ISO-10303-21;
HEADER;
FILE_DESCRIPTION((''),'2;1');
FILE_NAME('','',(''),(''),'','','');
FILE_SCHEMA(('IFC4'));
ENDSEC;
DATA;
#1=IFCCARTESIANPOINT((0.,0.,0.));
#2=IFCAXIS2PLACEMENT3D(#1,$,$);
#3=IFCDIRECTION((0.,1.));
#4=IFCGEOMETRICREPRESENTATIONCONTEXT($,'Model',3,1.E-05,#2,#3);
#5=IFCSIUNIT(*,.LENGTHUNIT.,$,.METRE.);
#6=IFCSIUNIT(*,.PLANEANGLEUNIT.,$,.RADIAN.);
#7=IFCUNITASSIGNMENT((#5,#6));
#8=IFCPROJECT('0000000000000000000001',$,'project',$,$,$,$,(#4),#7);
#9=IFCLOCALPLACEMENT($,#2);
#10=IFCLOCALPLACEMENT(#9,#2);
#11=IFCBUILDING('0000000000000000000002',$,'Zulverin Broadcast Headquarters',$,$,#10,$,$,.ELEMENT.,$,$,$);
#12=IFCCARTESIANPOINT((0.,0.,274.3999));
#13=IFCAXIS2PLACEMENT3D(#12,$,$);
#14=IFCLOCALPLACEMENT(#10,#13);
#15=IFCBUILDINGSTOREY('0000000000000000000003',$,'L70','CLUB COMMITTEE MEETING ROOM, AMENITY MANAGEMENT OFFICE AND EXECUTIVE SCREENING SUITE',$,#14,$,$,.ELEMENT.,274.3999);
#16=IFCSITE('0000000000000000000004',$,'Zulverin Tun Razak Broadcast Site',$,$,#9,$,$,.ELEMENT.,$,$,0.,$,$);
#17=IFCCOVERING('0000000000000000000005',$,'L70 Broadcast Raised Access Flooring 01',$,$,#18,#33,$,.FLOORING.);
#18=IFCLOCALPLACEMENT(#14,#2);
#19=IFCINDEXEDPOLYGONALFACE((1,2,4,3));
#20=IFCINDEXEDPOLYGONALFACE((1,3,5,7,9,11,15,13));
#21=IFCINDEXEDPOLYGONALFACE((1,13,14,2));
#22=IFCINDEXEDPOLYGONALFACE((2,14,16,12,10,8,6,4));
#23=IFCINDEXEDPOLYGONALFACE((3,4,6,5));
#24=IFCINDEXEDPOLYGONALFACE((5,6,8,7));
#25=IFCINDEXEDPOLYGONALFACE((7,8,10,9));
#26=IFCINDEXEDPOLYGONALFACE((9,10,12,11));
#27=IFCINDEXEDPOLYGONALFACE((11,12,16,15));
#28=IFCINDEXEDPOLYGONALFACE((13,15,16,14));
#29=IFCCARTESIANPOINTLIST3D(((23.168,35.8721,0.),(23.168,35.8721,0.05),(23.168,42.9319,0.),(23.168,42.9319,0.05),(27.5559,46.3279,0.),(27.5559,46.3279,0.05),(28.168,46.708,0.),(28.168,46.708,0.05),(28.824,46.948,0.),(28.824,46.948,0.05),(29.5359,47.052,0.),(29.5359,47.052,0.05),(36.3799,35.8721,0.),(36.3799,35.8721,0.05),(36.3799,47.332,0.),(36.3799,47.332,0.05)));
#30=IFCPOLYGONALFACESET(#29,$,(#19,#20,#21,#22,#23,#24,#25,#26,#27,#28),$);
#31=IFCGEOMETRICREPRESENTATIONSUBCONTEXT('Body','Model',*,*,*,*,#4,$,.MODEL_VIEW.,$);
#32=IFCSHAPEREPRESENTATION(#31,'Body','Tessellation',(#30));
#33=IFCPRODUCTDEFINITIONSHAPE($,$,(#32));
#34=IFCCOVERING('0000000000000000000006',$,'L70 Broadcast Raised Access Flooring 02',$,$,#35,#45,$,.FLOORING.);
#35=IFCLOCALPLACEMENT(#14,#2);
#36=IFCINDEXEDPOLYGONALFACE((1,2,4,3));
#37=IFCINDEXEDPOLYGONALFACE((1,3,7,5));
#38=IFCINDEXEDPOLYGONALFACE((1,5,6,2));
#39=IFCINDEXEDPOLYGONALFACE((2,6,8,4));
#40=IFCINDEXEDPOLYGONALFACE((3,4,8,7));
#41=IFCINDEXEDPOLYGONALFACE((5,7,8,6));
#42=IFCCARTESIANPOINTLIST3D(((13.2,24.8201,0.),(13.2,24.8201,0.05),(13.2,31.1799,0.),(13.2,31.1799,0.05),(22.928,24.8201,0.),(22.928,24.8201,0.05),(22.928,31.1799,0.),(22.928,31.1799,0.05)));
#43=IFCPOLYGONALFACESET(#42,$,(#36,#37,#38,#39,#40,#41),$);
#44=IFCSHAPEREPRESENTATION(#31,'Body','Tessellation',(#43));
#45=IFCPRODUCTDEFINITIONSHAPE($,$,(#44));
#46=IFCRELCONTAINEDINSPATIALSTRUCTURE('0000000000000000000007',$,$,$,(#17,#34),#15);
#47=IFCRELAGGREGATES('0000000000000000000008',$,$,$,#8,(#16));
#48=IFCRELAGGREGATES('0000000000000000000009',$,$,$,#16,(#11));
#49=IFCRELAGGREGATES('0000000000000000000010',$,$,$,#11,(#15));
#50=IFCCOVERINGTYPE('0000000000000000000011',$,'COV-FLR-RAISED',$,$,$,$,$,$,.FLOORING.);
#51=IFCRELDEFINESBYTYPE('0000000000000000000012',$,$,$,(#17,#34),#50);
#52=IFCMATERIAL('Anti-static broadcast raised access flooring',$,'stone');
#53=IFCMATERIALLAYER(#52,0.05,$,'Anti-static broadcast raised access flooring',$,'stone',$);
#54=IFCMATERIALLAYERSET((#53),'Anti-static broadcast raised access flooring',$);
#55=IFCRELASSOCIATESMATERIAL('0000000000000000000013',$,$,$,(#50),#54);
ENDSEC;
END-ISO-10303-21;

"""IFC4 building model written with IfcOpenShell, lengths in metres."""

from ifc_helpers import new_model, si_unit, direction, frame, origin, place, context, subcontext, project, spatial, polyline, outline, extrude, material, layer, layer_set, type_object, element, save


model = new_model("IFC4")

# Units and contexts
model_context = context("Model", 3, precision=1e-05, world=origin(), true_north=direction((0.0, 1.0)))
body_context = subcontext(model_context, "Body", "Model", "MODEL_VIEW")
ifc_project = project(units=[si_unit("LENGTHUNIT", "METRE"), si_unit("PLANEANGLEUNIT", "RADIAN")], contexts=[model_context])

# Site, building, storey
site_placement = place(None, origin())
site = spatial("IfcSite", under=ifc_project, at=site_placement, Name="Zulverin Tun Razak Broadcast Site", CompositionType="ELEMENT", RefElevation=0.0)
building_placement = place(site_placement, origin())
building = spatial("IfcBuilding", under=site, at=building_placement, Name="Zulverin Broadcast Headquarters", CompositionType="ELEMENT")
storey_placement = place(building_placement, frame((0.0, 0.0, 274.3999)))
storey = spatial("IfcBuildingStorey", under=building, at=storey_placement, Name="L70", Description="CLUB COMMITTEE MEETING ROOM, AMENITY MANAGEMENT OFFICE AND EXECUTIVE SCREENING SUITE", CompositionType="ELEMENT", Elevation=274.3999)

# Coverings
ifc_material_1 = material(Name="Anti-static broadcast raised access flooring", Category="stone")
ifc_layer_1 = layer(ifc_material_1, 0.05, Name="Anti-static broadcast raised access flooring", Category="stone")
ifc_layer_set_1 = layer_set([ifc_layer_1], Name="Anti-static broadcast raised access flooring")
covering_type_1 = type_object("IfcCoveringType", Name="COV-FLR-RAISED", PredefinedType="FLOORING", material=ifc_layer_set_1)
covering_1_placement = place(storey_placement, origin())
element("IfcCovering", 1, at=covering_1_placement, inside=storey, type_object=covering_type_1, Name="L70 Broadcast Raised Access Flooring 01", PredefinedType="FLOORING", context=body_context, shape_type="SweptSolid", body=[
    extrude(outline(polyline([(36.3799, 35.8721), (36.3799, 47.332), (29.5359, 47.052), (28.824, 46.948), (28.168, 46.708), (27.5559, 46.3279), (23.168, 42.9319), (23.168, 35.8721), (36.3799, 35.8721)])), origin(), (0.0, 0.0, 1.0), 0.05),
])
covering_2_placement = place(storey_placement, origin())
element("IfcCovering", 2, at=covering_2_placement, inside=storey, type_object=covering_type_1, Name="L70 Broadcast Raised Access Flooring 02", PredefinedType="FLOORING", context=body_context, shape_type="SweptSolid", body=[
    extrude(outline(polyline([(22.928, 31.1799), (13.2, 31.1799), (13.2, 24.8201), (22.928, 24.8201), (22.928, 31.1799)])), origin(), (0.0, 0.0, 1.0), 0.05),
])

save(model, "model.ifc")
